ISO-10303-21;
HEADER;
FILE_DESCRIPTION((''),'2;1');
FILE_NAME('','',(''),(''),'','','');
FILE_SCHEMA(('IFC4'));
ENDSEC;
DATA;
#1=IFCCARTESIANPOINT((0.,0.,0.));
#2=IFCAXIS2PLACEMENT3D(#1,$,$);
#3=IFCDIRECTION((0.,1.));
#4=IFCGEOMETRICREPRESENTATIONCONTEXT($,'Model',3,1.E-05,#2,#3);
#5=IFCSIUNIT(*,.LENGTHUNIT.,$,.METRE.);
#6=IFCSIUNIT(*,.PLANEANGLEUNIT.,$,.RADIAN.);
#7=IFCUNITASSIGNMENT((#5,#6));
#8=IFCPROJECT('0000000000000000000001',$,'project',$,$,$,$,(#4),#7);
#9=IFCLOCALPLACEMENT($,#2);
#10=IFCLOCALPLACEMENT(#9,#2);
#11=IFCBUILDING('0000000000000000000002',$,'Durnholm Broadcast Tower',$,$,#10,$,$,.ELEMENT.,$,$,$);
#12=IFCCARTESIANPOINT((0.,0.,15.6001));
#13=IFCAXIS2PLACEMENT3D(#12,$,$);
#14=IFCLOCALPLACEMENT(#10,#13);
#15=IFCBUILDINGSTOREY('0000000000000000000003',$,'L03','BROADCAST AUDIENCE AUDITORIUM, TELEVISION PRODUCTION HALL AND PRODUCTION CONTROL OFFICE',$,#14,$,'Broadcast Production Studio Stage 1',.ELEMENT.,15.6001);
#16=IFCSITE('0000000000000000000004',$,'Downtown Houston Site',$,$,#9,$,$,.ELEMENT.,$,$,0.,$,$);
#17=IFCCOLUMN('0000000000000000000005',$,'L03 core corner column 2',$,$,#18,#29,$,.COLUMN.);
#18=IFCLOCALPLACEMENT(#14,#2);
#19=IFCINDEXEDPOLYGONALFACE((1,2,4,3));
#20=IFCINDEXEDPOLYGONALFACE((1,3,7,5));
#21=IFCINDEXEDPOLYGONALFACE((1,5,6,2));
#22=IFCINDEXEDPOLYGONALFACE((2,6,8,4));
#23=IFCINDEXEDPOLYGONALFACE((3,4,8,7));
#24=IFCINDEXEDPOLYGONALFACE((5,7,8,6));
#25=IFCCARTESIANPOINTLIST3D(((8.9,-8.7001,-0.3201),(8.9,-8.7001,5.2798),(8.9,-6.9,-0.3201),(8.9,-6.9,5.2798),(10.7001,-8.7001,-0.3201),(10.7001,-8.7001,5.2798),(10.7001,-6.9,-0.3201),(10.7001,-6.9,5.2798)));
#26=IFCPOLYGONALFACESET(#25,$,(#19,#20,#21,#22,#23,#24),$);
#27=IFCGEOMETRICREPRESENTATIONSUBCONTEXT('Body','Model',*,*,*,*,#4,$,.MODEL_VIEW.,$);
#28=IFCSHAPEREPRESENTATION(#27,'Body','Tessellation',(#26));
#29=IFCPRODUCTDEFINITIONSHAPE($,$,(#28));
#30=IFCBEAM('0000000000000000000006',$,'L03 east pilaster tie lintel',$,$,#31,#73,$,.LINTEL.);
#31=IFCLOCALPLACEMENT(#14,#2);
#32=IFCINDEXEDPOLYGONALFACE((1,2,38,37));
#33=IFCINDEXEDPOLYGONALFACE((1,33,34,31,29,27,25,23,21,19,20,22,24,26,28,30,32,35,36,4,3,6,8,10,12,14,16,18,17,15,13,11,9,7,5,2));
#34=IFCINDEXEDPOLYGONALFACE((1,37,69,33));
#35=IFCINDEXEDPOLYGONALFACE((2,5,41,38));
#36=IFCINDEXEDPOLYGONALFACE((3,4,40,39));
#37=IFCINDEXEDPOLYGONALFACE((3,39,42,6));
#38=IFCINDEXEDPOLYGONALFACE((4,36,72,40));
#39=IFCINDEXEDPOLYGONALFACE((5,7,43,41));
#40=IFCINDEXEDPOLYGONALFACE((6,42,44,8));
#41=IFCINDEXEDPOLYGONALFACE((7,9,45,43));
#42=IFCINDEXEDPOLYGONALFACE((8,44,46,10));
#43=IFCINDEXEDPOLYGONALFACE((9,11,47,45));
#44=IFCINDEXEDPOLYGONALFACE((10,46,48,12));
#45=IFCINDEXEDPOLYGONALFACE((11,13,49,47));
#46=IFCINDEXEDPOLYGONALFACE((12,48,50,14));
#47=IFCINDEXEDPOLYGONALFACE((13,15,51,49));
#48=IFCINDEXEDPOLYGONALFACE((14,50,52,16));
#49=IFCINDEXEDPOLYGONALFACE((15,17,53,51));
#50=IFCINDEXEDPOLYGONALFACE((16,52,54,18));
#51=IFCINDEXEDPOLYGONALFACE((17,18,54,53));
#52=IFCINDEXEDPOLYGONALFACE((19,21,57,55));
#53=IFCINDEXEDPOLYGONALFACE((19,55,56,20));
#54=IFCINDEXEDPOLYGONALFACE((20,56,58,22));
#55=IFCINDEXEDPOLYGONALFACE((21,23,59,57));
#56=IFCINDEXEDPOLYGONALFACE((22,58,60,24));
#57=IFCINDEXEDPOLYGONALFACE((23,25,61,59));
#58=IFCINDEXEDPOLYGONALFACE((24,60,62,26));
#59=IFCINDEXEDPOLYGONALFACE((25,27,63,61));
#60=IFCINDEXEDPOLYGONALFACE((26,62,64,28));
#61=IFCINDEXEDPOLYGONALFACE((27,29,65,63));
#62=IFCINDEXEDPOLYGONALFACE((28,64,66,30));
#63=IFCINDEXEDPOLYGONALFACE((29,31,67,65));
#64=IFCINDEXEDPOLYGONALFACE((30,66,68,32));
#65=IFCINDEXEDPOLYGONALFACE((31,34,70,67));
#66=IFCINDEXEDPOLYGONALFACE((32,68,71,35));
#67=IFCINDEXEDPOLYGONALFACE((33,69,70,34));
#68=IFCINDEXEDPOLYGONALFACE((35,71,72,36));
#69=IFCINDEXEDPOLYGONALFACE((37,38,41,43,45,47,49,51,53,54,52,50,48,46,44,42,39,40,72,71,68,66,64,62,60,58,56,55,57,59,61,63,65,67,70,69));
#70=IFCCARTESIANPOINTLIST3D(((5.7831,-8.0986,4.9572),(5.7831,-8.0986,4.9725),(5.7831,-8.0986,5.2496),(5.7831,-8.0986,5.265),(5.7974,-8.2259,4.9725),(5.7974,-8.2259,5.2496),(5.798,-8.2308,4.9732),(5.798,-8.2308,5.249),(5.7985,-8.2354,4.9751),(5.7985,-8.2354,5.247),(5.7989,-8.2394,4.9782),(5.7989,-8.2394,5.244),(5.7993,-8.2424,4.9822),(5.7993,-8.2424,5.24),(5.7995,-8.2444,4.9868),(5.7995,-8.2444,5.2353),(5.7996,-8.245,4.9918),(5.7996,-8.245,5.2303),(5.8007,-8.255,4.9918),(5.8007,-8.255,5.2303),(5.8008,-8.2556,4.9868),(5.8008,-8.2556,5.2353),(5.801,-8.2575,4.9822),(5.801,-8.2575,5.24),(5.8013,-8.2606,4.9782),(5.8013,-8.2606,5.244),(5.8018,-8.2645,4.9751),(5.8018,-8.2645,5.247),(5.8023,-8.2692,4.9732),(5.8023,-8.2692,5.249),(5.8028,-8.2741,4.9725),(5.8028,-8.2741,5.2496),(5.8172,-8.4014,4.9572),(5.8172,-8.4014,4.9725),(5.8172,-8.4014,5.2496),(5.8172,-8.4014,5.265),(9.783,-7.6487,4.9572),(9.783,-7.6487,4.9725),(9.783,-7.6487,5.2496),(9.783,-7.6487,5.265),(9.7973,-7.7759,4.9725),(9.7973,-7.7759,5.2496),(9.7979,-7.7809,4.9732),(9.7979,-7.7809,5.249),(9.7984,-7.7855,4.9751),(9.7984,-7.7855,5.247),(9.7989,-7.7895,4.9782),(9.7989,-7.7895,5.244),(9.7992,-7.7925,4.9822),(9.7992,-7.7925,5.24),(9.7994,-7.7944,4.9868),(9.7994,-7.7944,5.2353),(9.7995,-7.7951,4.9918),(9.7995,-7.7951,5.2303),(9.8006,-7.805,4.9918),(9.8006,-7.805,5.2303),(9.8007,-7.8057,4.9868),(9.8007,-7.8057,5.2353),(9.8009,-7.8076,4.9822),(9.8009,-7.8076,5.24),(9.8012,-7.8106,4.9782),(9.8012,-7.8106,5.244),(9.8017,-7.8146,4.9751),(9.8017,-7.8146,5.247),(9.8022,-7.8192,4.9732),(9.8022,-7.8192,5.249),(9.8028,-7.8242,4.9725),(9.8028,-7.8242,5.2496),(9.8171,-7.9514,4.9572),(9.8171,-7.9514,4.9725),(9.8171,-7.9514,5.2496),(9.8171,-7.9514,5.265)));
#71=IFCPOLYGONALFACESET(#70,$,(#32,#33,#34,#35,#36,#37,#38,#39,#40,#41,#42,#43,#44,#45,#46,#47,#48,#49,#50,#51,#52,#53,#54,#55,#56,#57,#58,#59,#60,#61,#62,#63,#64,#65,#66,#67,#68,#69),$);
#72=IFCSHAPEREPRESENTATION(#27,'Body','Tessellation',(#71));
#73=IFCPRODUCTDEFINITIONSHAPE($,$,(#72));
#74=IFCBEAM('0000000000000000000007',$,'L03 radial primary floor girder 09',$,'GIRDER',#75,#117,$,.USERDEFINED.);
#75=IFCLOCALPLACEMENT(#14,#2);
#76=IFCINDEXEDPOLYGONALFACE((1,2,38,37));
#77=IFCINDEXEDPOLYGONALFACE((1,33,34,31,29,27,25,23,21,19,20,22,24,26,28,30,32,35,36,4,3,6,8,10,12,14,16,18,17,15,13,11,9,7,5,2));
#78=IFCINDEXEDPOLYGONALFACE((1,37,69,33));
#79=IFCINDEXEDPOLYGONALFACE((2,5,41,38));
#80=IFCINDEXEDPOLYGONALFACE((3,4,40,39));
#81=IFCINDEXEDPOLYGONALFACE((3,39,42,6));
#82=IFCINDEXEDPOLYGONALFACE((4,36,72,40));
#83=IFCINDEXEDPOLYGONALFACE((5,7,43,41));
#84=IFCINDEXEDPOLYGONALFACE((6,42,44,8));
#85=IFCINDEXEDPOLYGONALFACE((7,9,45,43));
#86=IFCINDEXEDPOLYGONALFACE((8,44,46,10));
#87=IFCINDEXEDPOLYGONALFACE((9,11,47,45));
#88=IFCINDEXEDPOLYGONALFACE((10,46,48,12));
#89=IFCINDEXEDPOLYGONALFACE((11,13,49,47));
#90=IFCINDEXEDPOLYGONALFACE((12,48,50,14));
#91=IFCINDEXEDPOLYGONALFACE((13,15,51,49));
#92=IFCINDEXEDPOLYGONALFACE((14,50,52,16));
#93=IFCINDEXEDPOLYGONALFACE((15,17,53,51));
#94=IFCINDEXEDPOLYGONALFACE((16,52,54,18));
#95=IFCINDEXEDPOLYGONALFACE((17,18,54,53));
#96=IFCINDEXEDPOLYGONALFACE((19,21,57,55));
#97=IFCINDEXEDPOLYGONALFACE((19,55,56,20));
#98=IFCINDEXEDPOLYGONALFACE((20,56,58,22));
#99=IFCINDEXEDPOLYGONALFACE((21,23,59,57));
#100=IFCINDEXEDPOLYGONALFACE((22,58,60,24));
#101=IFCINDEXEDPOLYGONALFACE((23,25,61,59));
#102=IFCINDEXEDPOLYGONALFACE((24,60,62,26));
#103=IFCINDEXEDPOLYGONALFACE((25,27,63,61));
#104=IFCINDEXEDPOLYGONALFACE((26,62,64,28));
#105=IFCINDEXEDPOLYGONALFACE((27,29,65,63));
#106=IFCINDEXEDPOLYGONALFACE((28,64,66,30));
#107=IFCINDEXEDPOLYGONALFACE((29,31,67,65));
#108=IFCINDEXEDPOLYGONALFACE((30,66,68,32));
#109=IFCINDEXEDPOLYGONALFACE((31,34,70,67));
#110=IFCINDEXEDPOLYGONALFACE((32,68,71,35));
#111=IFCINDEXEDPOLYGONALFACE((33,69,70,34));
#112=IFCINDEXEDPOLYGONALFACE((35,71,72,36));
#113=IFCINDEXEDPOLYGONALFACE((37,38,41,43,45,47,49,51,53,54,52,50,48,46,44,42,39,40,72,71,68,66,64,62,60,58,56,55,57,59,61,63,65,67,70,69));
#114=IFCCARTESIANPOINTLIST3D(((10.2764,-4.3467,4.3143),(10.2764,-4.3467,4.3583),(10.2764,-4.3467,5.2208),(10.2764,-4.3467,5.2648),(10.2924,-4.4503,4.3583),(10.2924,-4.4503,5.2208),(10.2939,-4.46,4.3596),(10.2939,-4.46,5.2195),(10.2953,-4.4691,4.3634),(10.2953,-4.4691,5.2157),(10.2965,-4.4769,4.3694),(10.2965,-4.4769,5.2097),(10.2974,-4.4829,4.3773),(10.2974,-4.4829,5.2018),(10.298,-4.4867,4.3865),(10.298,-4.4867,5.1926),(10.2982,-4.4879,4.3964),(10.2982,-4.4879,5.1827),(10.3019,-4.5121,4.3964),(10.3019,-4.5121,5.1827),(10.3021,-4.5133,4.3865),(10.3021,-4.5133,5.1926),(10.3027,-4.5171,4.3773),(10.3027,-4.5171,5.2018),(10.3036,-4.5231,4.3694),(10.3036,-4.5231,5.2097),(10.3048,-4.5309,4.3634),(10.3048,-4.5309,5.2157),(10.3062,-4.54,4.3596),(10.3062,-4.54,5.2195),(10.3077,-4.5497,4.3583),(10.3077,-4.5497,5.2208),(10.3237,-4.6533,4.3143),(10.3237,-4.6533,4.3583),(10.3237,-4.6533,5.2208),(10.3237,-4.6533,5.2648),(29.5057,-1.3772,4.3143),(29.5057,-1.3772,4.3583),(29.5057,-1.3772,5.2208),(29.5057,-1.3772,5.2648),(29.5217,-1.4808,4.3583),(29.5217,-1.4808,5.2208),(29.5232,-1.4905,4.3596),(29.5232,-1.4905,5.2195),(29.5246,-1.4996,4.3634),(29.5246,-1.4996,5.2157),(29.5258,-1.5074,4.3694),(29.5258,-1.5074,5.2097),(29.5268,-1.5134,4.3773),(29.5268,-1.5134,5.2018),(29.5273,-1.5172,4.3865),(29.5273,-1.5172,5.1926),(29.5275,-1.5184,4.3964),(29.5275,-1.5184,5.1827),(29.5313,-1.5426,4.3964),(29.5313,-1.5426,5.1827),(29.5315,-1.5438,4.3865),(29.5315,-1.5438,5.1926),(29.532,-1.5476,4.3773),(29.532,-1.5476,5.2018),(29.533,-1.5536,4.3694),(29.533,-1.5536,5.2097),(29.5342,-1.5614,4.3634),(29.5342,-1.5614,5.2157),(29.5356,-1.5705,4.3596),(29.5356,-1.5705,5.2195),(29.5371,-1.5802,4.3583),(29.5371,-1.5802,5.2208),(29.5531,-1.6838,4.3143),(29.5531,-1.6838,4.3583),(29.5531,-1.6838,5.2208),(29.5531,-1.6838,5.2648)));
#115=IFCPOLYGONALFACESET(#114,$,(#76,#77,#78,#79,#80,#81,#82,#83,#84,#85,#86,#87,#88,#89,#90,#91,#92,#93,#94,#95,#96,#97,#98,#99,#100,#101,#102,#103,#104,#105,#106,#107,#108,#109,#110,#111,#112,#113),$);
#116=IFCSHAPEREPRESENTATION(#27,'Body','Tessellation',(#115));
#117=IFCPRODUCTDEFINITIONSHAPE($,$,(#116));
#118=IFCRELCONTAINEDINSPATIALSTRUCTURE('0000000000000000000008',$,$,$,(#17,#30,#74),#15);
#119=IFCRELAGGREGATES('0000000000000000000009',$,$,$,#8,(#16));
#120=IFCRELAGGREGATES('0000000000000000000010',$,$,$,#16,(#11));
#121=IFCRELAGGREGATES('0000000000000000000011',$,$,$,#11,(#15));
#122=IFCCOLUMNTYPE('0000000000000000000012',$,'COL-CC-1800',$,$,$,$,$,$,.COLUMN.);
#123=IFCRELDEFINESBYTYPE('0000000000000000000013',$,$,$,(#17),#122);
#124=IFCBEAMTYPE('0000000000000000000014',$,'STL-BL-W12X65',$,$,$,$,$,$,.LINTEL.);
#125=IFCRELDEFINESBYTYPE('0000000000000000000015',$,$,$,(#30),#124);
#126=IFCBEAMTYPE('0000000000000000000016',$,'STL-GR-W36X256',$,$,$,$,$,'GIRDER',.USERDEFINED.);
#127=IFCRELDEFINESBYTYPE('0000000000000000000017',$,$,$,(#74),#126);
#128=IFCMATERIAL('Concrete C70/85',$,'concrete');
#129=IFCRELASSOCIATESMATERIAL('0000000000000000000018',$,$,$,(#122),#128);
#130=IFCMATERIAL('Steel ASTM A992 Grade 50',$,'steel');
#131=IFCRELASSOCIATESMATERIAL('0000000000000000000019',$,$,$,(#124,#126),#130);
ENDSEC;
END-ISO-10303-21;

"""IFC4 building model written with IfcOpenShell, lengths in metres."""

from ifc_helpers import new_model, si_unit, direction, frame, origin, origin_2d, place, context, subcontext, project, spatial, rectangle, i_section, extrude, source, transform, mapped, material, material_profile, profile_set, type_object, type_shapes, element, save


model = new_model("IFC4")

# Units and contexts
model_context = context("Model", 3, precision=1e-05, world=origin(), true_north=direction((0.0, 1.0)))
body_context = subcontext(model_context, "Body", "Model", "MODEL_VIEW")
ifc_project = project(units=[si_unit("LENGTHUNIT", "METRE"), si_unit("PLANEANGLEUNIT", "RADIAN")], contexts=[model_context])

# Site, building, storey
site_placement = place(None, origin())
site = spatial("IfcSite", under=ifc_project, at=site_placement, Name="Downtown Houston Site", CompositionType="ELEMENT", RefElevation=0.0)
building_placement = place(site_placement, origin())
building = spatial("IfcBuilding", under=site, at=building_placement, Name="Durnholm Broadcast Tower", CompositionType="ELEMENT")
storey_placement = place(building_placement, frame((0.0, 0.0, 15.6001)))
storey = spatial("IfcBuildingStorey", under=building, at=storey_placement, Name="L03", Description="BROADCAST AUDIENCE AUDITORIUM, TELEVISION PRODUCTION HALL AND PRODUCTION CONTROL OFFICE", LongName="Broadcast Production Studio Stage 1", CompositionType="ELEMENT", Elevation=15.6001)

# Column
ifc_material_1 = material(Name="Concrete C70/85", Category="concrete")
ifc_material_profile_1 = material_profile(ifc_material_1, rectangle(XDim=1.8, YDim=1.8, at=origin_2d()), Name="RC1800X1800")
ifc_profile_set_1 = profile_set([ifc_material_profile_1], Name="Concrete C70/85")
column_type = type_object("IfcColumnType", Name="COL-CC-1800", PredefinedType="COLUMN", material=ifc_profile_set_1)
shared_shape_1 = source(origin(), body_context, "Body", "SweptSolid", [
    extrude(rectangle(XDim=1.8, YDim=1.8, at=origin_2d()), origin(), (0.0, 0.0, 1.0), 5.5999),
])
type_shapes(column_type, [shared_shape_1])
column_placement = place(storey_placement, frame((9.8, -7.8, -0.3201), z_axis=(0.0, 0.0, 1.0), x_axis=(1.0, 0.0, 0.0)))
element("IfcColumn", 1, at=column_placement, inside=storey, type_object=column_type, Name="L03 core corner column 2", PredefinedType="COLUMN", context=body_context, shape_type="MappedRepresentation", body=[
    mapped(shared_shape_1, transform((0.0, 0.0, 0.0), x_axis=(1.0, 0.0, 0.0), y_axis=(0.0, 1.0, 0.0), z_axis=(0.0, 0.0, 1.0), scale=1.0)),
])

# Beams
ifc_material_2 = material(Name="Steel ASTM A992 Grade 50", Category="steel")
ifc_material_profile_2 = material_profile(ifc_material_2, i_section(OverallWidth=0.3047, OverallDepth=0.3079, WebThickness=0.01, FlangeThickness=0.0154, FilletRadius=0.0193, at=origin_2d()), Name="W12X65")
ifc_profile_set_2 = profile_set([ifc_material_profile_2], Name="Steel ASTM A992 Grade 50")
beam_type_1 = type_object("IfcBeamType", Name="STL-BL-W12X65", PredefinedType="LINTEL", material=ifc_profile_set_2)
shared_shape_2 = source(origin(), body_context, "Body", "SweptSolid", [
    extrude(i_section(OverallWidth=0.3047, OverallDepth=0.3079, WebThickness=0.01, FlangeThickness=0.0154, FilletRadius=0.0193, at=origin_2d()), origin(), (0.0, 0.0, 1.0), 4.0251),
])
type_shapes(beam_type_1, [shared_shape_2])
beam_1_placement = place(storey_placement, frame((9.8, -7.8, 5.1111), z_axis=(-0.993733, -0.111783, 0.0), x_axis=(0.111783, -0.993733, 0.0)))
element("IfcBeam", 2, at=beam_1_placement, inside=storey, type_object=beam_type_1, Name="L03 east pilaster tie lintel", PredefinedType="LINTEL", context=body_context, shape_type="MappedRepresentation", body=[
    mapped(shared_shape_2, transform((0.0, 0.0, 0.0), x_axis=(1.0, 0.0, 0.0), y_axis=(0.0, 1.0, 0.0), z_axis=(0.0, 0.0, 1.0), scale=1.0)),
])
ifc_material_profile_3 = material_profile(ifc_material_2, i_section(OverallWidth=0.3103, OverallDepth=0.9504, WebThickness=0.0244, FlangeThickness=0.0439, FilletRadius=0.0381, at=origin_2d()), Name="W36X256")
ifc_profile_set_3 = profile_set([ifc_material_profile_3], Name="Steel ASTM A992 Grade 50")
beam_type_2 = type_object("IfcBeamType", Name="STL-GR-W36X256", ElementType="GIRDER", PredefinedType="USERDEFINED", material=ifc_profile_set_3)
shared_shape_3 = source(origin(), body_context, "Body", "SweptSolid", [
    extrude(i_section(OverallWidth=0.3103, OverallDepth=0.9504, WebThickness=0.0244, FlangeThickness=0.0439, FilletRadius=0.0381, at=origin_2d()), origin(), (0.0, 0.0, 1.0), 19.4573),
])
type_shapes(beam_type_2, [shared_shape_3])
beam_2_placement = place(storey_placement, frame((10.3, -4.5, 4.7896), z_axis=(0.988286, 0.152616, 0.0), x_axis=(-0.152616, 0.988286, 0.0)))
element("IfcBeam", 3, at=beam_2_placement, inside=storey, type_object=beam_type_2, Name="L03 radial primary floor girder 09", ObjectType="GIRDER", PredefinedType="USERDEFINED", context=body_context, shape_type="MappedRepresentation", body=[
    mapped(shared_shape_3, transform((0.0, 0.0, 0.0), x_axis=(1.0, 0.0, 0.0), y_axis=(0.0, 1.0, 0.0), z_axis=(0.0, 0.0, 1.0), scale=1.0)),
])

save(model, "model.ifc")
